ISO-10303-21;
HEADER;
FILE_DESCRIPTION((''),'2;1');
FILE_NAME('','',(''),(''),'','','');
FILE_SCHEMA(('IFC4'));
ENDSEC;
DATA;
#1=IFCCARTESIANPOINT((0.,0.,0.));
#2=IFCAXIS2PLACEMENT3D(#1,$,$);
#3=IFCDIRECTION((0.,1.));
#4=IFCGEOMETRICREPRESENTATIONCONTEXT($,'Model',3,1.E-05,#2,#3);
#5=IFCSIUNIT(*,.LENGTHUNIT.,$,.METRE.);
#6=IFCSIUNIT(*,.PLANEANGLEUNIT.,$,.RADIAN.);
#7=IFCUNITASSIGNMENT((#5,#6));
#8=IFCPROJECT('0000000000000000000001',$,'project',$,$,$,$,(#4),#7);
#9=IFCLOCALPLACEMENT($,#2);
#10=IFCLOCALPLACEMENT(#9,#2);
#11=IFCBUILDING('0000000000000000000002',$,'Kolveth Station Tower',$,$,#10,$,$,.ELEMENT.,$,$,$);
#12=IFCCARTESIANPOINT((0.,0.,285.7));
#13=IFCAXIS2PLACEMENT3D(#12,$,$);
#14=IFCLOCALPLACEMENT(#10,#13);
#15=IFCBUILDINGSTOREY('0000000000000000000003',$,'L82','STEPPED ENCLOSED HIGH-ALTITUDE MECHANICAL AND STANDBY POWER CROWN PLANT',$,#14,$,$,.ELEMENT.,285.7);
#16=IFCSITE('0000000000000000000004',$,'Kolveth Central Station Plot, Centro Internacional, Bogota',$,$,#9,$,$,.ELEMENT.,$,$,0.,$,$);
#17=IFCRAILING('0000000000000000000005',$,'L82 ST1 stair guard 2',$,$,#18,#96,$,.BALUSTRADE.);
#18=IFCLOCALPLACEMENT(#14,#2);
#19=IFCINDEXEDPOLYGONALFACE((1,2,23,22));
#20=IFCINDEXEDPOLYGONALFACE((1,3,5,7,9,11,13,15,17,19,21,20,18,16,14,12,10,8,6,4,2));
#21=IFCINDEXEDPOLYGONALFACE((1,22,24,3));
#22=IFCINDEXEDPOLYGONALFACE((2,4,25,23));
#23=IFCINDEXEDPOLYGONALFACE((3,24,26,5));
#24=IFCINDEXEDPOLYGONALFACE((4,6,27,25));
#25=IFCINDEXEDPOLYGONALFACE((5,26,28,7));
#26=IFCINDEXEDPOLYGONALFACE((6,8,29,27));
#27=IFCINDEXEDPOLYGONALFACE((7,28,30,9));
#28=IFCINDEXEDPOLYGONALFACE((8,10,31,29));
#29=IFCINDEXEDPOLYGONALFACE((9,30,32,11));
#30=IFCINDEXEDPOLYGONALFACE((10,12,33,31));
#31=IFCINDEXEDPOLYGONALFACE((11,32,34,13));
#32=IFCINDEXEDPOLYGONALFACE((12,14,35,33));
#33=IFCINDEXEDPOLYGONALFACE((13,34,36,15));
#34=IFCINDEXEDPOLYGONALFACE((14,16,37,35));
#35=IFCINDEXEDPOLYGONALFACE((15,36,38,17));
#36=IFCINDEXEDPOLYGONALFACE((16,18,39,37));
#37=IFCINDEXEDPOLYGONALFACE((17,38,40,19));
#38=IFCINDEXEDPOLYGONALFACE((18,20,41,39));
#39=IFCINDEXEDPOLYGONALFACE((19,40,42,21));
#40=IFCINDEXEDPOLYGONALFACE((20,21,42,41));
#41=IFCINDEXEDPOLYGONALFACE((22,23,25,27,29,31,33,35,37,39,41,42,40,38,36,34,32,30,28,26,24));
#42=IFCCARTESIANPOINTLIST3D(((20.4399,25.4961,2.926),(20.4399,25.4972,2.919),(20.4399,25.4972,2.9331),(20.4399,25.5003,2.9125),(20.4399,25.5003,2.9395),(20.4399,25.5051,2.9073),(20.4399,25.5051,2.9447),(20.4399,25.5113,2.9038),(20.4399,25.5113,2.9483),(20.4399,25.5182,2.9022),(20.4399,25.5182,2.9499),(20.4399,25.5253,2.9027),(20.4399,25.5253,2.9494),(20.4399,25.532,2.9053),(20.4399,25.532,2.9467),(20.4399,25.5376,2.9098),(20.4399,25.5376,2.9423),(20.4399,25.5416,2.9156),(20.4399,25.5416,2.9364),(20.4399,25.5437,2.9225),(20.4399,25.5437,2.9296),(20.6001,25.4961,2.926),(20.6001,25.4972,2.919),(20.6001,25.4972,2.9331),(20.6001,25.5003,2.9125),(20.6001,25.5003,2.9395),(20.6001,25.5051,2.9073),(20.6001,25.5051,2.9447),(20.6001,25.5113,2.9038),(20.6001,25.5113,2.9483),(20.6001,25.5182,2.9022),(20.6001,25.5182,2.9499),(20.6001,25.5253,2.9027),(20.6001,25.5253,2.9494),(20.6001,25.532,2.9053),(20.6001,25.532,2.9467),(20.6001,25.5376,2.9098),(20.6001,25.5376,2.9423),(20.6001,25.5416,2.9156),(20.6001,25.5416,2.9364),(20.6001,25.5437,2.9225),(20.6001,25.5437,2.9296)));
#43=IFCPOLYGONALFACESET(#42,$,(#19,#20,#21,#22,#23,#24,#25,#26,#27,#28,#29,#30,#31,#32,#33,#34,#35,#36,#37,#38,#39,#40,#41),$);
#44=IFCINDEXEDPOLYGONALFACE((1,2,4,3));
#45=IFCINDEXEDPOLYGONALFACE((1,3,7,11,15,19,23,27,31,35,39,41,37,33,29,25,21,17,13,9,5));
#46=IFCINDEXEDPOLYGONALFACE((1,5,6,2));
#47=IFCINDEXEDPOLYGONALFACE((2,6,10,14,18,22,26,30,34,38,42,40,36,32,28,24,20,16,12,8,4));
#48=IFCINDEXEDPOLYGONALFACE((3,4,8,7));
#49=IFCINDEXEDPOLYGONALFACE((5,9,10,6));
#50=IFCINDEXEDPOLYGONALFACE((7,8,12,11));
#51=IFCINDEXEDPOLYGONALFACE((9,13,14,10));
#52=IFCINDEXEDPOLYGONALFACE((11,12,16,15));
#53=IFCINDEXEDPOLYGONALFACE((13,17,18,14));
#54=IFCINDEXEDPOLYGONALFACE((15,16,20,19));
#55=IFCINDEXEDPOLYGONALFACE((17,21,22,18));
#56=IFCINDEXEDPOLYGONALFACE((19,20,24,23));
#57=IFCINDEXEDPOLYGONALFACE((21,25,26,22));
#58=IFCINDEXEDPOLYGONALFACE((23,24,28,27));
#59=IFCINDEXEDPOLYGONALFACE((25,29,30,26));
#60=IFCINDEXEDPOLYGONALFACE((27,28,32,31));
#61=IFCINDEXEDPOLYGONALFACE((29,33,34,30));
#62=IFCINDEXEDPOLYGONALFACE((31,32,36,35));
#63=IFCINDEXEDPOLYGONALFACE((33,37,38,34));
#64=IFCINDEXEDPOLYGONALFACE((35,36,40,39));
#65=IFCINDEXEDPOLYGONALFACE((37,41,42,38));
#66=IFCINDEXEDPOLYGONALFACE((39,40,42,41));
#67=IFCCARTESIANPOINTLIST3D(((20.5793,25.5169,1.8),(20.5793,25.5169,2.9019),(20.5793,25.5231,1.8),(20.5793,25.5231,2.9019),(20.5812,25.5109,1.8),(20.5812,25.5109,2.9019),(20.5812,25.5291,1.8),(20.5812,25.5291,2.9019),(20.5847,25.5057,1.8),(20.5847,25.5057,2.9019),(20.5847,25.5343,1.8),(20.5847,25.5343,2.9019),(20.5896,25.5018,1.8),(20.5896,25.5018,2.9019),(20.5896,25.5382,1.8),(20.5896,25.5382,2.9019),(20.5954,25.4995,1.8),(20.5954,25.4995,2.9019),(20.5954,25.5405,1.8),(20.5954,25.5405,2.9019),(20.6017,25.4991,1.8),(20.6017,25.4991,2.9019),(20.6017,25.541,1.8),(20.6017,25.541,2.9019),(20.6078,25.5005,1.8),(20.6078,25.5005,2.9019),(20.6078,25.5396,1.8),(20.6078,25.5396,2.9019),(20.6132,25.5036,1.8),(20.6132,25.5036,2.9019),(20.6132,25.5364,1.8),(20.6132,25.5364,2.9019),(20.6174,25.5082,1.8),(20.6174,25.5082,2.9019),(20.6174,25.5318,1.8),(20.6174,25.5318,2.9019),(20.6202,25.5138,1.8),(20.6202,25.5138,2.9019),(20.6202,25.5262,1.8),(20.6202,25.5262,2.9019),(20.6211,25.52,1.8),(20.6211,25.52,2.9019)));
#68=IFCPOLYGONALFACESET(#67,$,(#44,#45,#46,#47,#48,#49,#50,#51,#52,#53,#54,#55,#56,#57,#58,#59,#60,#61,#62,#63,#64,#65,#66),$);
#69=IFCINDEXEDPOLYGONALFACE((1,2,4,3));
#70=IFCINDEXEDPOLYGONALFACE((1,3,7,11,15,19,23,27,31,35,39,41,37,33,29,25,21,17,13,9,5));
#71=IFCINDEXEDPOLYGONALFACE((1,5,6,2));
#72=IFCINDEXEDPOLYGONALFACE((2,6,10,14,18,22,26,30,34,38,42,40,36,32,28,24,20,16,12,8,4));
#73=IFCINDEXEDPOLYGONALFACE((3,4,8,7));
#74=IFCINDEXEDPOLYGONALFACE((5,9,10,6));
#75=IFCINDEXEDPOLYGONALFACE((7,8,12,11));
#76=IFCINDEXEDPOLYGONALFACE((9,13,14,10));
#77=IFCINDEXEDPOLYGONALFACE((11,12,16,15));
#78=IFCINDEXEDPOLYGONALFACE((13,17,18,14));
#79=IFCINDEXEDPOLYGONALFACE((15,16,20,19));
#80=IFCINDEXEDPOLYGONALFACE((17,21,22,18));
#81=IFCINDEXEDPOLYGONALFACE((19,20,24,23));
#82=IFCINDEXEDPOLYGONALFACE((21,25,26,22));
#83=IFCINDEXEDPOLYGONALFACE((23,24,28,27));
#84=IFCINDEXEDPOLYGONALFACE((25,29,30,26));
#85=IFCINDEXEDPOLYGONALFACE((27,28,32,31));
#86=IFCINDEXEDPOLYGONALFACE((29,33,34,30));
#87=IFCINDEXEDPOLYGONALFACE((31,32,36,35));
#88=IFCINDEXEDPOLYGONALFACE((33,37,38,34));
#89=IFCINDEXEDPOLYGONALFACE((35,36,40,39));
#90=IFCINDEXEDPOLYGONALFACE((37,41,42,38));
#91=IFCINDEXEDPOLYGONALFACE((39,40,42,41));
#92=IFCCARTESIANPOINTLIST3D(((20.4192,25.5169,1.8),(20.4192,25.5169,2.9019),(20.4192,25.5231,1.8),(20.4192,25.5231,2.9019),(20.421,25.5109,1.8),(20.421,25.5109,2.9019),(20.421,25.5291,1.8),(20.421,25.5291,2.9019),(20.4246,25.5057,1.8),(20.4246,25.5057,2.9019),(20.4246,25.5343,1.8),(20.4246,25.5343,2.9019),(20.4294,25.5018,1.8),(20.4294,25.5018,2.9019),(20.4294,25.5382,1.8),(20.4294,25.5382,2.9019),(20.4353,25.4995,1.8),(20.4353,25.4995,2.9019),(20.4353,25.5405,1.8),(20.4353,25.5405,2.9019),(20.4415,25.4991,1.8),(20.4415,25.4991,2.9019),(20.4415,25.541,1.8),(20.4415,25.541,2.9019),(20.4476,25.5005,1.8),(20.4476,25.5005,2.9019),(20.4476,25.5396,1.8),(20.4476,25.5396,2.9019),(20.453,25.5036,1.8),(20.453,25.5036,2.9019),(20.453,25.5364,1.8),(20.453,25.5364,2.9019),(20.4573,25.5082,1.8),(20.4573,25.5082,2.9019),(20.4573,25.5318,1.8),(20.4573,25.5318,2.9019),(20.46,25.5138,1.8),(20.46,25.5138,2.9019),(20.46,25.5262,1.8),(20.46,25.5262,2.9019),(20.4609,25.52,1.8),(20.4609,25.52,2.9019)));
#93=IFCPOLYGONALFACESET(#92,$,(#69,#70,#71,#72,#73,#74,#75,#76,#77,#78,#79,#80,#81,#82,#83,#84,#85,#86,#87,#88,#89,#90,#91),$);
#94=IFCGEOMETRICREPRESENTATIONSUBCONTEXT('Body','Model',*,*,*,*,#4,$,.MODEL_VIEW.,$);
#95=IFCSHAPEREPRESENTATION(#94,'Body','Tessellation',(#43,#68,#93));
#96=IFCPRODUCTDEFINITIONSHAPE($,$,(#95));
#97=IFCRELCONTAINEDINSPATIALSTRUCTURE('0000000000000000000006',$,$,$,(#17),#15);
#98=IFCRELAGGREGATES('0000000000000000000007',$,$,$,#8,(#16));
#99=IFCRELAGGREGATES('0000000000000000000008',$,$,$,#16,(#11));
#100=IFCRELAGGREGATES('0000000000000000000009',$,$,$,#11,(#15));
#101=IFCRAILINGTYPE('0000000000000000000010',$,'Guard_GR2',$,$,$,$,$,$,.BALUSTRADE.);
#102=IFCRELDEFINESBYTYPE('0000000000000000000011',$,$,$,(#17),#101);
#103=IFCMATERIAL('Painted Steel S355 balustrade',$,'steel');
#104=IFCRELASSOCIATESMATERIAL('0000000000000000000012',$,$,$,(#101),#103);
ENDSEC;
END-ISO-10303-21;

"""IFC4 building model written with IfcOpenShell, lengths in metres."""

from ifc_helpers import new_model, si_unit, direction, frame, origin, origin_2d, place, context, subcontext, project, spatial, circle, extrude, material, type_object, element, save


model = new_model("IFC4")

# Units and contexts
model_context = context("Model", 3, precision=1e-05, world=origin(), true_north=direction((0.0, 1.0)))
body_context = subcontext(model_context, "Body", "Model", "MODEL_VIEW")
ifc_project = project(units=[si_unit("LENGTHUNIT", "METRE"), si_unit("PLANEANGLEUNIT", "RADIAN")], contexts=[model_context])

# Site, building, storey
site_placement = place(None, origin())
site = spatial("IfcSite", under=ifc_project, at=site_placement, Name="Kolveth Central Station Plot, Centro Internacional, Bogota", CompositionType="ELEMENT", RefElevation=0.0)
building_placement = place(site_placement, origin())
building = spatial("IfcBuilding", under=site, at=building_placement, Name="Kolveth Station Tower", CompositionType="ELEMENT")
storey_placement = place(building_placement, frame((0.0, 0.0, 285.7)))
storey = spatial("IfcBuildingStorey", under=building, at=storey_placement, Name="L82", Description="STEPPED ENCLOSED HIGH-ALTITUDE MECHANICAL AND STANDBY POWER CROWN PLANT", CompositionType="ELEMENT", Elevation=285.7)

# Railing
ifc_material_1 = material(Name="Painted Steel S355 balustrade", Category="steel")
railing_type_1 = type_object("IfcRailingType", Name="Guard_GR2", PredefinedType="BALUSTRADE", material=ifc_material_1)
railing_1_placement = place(storey_placement, frame((20.6001, 25.52, 1.8)))
element("IfcRailing", 1, at=railing_1_placement, inside=storey, type_object=railing_type_1, Name="L82 ST1 stair guard 2", PredefinedType="BALUSTRADE", context=body_context, shape_type="SweptSolid", body=[
    extrude(circle(Radius=0.0239, at=origin_2d()), frame((0.0, 0.0, 1.126), z_axis=(-1.0, 0.0, 0.0), x_axis=(0.0, -1.0, 0.0)), (0.0, 0.0, 1.0), 0.1602),
    extrude(circle(Radius=0.021, at=origin_2d()), origin(), (0.0, 0.0, 1.0), 1.1018),
    extrude(circle(Radius=0.021, at=origin_2d()), frame((-0.1602, 0.0, 0.0)), (0.0, 0.0, 1.0), 1.1018),
])

save(model, "model.ifc")
